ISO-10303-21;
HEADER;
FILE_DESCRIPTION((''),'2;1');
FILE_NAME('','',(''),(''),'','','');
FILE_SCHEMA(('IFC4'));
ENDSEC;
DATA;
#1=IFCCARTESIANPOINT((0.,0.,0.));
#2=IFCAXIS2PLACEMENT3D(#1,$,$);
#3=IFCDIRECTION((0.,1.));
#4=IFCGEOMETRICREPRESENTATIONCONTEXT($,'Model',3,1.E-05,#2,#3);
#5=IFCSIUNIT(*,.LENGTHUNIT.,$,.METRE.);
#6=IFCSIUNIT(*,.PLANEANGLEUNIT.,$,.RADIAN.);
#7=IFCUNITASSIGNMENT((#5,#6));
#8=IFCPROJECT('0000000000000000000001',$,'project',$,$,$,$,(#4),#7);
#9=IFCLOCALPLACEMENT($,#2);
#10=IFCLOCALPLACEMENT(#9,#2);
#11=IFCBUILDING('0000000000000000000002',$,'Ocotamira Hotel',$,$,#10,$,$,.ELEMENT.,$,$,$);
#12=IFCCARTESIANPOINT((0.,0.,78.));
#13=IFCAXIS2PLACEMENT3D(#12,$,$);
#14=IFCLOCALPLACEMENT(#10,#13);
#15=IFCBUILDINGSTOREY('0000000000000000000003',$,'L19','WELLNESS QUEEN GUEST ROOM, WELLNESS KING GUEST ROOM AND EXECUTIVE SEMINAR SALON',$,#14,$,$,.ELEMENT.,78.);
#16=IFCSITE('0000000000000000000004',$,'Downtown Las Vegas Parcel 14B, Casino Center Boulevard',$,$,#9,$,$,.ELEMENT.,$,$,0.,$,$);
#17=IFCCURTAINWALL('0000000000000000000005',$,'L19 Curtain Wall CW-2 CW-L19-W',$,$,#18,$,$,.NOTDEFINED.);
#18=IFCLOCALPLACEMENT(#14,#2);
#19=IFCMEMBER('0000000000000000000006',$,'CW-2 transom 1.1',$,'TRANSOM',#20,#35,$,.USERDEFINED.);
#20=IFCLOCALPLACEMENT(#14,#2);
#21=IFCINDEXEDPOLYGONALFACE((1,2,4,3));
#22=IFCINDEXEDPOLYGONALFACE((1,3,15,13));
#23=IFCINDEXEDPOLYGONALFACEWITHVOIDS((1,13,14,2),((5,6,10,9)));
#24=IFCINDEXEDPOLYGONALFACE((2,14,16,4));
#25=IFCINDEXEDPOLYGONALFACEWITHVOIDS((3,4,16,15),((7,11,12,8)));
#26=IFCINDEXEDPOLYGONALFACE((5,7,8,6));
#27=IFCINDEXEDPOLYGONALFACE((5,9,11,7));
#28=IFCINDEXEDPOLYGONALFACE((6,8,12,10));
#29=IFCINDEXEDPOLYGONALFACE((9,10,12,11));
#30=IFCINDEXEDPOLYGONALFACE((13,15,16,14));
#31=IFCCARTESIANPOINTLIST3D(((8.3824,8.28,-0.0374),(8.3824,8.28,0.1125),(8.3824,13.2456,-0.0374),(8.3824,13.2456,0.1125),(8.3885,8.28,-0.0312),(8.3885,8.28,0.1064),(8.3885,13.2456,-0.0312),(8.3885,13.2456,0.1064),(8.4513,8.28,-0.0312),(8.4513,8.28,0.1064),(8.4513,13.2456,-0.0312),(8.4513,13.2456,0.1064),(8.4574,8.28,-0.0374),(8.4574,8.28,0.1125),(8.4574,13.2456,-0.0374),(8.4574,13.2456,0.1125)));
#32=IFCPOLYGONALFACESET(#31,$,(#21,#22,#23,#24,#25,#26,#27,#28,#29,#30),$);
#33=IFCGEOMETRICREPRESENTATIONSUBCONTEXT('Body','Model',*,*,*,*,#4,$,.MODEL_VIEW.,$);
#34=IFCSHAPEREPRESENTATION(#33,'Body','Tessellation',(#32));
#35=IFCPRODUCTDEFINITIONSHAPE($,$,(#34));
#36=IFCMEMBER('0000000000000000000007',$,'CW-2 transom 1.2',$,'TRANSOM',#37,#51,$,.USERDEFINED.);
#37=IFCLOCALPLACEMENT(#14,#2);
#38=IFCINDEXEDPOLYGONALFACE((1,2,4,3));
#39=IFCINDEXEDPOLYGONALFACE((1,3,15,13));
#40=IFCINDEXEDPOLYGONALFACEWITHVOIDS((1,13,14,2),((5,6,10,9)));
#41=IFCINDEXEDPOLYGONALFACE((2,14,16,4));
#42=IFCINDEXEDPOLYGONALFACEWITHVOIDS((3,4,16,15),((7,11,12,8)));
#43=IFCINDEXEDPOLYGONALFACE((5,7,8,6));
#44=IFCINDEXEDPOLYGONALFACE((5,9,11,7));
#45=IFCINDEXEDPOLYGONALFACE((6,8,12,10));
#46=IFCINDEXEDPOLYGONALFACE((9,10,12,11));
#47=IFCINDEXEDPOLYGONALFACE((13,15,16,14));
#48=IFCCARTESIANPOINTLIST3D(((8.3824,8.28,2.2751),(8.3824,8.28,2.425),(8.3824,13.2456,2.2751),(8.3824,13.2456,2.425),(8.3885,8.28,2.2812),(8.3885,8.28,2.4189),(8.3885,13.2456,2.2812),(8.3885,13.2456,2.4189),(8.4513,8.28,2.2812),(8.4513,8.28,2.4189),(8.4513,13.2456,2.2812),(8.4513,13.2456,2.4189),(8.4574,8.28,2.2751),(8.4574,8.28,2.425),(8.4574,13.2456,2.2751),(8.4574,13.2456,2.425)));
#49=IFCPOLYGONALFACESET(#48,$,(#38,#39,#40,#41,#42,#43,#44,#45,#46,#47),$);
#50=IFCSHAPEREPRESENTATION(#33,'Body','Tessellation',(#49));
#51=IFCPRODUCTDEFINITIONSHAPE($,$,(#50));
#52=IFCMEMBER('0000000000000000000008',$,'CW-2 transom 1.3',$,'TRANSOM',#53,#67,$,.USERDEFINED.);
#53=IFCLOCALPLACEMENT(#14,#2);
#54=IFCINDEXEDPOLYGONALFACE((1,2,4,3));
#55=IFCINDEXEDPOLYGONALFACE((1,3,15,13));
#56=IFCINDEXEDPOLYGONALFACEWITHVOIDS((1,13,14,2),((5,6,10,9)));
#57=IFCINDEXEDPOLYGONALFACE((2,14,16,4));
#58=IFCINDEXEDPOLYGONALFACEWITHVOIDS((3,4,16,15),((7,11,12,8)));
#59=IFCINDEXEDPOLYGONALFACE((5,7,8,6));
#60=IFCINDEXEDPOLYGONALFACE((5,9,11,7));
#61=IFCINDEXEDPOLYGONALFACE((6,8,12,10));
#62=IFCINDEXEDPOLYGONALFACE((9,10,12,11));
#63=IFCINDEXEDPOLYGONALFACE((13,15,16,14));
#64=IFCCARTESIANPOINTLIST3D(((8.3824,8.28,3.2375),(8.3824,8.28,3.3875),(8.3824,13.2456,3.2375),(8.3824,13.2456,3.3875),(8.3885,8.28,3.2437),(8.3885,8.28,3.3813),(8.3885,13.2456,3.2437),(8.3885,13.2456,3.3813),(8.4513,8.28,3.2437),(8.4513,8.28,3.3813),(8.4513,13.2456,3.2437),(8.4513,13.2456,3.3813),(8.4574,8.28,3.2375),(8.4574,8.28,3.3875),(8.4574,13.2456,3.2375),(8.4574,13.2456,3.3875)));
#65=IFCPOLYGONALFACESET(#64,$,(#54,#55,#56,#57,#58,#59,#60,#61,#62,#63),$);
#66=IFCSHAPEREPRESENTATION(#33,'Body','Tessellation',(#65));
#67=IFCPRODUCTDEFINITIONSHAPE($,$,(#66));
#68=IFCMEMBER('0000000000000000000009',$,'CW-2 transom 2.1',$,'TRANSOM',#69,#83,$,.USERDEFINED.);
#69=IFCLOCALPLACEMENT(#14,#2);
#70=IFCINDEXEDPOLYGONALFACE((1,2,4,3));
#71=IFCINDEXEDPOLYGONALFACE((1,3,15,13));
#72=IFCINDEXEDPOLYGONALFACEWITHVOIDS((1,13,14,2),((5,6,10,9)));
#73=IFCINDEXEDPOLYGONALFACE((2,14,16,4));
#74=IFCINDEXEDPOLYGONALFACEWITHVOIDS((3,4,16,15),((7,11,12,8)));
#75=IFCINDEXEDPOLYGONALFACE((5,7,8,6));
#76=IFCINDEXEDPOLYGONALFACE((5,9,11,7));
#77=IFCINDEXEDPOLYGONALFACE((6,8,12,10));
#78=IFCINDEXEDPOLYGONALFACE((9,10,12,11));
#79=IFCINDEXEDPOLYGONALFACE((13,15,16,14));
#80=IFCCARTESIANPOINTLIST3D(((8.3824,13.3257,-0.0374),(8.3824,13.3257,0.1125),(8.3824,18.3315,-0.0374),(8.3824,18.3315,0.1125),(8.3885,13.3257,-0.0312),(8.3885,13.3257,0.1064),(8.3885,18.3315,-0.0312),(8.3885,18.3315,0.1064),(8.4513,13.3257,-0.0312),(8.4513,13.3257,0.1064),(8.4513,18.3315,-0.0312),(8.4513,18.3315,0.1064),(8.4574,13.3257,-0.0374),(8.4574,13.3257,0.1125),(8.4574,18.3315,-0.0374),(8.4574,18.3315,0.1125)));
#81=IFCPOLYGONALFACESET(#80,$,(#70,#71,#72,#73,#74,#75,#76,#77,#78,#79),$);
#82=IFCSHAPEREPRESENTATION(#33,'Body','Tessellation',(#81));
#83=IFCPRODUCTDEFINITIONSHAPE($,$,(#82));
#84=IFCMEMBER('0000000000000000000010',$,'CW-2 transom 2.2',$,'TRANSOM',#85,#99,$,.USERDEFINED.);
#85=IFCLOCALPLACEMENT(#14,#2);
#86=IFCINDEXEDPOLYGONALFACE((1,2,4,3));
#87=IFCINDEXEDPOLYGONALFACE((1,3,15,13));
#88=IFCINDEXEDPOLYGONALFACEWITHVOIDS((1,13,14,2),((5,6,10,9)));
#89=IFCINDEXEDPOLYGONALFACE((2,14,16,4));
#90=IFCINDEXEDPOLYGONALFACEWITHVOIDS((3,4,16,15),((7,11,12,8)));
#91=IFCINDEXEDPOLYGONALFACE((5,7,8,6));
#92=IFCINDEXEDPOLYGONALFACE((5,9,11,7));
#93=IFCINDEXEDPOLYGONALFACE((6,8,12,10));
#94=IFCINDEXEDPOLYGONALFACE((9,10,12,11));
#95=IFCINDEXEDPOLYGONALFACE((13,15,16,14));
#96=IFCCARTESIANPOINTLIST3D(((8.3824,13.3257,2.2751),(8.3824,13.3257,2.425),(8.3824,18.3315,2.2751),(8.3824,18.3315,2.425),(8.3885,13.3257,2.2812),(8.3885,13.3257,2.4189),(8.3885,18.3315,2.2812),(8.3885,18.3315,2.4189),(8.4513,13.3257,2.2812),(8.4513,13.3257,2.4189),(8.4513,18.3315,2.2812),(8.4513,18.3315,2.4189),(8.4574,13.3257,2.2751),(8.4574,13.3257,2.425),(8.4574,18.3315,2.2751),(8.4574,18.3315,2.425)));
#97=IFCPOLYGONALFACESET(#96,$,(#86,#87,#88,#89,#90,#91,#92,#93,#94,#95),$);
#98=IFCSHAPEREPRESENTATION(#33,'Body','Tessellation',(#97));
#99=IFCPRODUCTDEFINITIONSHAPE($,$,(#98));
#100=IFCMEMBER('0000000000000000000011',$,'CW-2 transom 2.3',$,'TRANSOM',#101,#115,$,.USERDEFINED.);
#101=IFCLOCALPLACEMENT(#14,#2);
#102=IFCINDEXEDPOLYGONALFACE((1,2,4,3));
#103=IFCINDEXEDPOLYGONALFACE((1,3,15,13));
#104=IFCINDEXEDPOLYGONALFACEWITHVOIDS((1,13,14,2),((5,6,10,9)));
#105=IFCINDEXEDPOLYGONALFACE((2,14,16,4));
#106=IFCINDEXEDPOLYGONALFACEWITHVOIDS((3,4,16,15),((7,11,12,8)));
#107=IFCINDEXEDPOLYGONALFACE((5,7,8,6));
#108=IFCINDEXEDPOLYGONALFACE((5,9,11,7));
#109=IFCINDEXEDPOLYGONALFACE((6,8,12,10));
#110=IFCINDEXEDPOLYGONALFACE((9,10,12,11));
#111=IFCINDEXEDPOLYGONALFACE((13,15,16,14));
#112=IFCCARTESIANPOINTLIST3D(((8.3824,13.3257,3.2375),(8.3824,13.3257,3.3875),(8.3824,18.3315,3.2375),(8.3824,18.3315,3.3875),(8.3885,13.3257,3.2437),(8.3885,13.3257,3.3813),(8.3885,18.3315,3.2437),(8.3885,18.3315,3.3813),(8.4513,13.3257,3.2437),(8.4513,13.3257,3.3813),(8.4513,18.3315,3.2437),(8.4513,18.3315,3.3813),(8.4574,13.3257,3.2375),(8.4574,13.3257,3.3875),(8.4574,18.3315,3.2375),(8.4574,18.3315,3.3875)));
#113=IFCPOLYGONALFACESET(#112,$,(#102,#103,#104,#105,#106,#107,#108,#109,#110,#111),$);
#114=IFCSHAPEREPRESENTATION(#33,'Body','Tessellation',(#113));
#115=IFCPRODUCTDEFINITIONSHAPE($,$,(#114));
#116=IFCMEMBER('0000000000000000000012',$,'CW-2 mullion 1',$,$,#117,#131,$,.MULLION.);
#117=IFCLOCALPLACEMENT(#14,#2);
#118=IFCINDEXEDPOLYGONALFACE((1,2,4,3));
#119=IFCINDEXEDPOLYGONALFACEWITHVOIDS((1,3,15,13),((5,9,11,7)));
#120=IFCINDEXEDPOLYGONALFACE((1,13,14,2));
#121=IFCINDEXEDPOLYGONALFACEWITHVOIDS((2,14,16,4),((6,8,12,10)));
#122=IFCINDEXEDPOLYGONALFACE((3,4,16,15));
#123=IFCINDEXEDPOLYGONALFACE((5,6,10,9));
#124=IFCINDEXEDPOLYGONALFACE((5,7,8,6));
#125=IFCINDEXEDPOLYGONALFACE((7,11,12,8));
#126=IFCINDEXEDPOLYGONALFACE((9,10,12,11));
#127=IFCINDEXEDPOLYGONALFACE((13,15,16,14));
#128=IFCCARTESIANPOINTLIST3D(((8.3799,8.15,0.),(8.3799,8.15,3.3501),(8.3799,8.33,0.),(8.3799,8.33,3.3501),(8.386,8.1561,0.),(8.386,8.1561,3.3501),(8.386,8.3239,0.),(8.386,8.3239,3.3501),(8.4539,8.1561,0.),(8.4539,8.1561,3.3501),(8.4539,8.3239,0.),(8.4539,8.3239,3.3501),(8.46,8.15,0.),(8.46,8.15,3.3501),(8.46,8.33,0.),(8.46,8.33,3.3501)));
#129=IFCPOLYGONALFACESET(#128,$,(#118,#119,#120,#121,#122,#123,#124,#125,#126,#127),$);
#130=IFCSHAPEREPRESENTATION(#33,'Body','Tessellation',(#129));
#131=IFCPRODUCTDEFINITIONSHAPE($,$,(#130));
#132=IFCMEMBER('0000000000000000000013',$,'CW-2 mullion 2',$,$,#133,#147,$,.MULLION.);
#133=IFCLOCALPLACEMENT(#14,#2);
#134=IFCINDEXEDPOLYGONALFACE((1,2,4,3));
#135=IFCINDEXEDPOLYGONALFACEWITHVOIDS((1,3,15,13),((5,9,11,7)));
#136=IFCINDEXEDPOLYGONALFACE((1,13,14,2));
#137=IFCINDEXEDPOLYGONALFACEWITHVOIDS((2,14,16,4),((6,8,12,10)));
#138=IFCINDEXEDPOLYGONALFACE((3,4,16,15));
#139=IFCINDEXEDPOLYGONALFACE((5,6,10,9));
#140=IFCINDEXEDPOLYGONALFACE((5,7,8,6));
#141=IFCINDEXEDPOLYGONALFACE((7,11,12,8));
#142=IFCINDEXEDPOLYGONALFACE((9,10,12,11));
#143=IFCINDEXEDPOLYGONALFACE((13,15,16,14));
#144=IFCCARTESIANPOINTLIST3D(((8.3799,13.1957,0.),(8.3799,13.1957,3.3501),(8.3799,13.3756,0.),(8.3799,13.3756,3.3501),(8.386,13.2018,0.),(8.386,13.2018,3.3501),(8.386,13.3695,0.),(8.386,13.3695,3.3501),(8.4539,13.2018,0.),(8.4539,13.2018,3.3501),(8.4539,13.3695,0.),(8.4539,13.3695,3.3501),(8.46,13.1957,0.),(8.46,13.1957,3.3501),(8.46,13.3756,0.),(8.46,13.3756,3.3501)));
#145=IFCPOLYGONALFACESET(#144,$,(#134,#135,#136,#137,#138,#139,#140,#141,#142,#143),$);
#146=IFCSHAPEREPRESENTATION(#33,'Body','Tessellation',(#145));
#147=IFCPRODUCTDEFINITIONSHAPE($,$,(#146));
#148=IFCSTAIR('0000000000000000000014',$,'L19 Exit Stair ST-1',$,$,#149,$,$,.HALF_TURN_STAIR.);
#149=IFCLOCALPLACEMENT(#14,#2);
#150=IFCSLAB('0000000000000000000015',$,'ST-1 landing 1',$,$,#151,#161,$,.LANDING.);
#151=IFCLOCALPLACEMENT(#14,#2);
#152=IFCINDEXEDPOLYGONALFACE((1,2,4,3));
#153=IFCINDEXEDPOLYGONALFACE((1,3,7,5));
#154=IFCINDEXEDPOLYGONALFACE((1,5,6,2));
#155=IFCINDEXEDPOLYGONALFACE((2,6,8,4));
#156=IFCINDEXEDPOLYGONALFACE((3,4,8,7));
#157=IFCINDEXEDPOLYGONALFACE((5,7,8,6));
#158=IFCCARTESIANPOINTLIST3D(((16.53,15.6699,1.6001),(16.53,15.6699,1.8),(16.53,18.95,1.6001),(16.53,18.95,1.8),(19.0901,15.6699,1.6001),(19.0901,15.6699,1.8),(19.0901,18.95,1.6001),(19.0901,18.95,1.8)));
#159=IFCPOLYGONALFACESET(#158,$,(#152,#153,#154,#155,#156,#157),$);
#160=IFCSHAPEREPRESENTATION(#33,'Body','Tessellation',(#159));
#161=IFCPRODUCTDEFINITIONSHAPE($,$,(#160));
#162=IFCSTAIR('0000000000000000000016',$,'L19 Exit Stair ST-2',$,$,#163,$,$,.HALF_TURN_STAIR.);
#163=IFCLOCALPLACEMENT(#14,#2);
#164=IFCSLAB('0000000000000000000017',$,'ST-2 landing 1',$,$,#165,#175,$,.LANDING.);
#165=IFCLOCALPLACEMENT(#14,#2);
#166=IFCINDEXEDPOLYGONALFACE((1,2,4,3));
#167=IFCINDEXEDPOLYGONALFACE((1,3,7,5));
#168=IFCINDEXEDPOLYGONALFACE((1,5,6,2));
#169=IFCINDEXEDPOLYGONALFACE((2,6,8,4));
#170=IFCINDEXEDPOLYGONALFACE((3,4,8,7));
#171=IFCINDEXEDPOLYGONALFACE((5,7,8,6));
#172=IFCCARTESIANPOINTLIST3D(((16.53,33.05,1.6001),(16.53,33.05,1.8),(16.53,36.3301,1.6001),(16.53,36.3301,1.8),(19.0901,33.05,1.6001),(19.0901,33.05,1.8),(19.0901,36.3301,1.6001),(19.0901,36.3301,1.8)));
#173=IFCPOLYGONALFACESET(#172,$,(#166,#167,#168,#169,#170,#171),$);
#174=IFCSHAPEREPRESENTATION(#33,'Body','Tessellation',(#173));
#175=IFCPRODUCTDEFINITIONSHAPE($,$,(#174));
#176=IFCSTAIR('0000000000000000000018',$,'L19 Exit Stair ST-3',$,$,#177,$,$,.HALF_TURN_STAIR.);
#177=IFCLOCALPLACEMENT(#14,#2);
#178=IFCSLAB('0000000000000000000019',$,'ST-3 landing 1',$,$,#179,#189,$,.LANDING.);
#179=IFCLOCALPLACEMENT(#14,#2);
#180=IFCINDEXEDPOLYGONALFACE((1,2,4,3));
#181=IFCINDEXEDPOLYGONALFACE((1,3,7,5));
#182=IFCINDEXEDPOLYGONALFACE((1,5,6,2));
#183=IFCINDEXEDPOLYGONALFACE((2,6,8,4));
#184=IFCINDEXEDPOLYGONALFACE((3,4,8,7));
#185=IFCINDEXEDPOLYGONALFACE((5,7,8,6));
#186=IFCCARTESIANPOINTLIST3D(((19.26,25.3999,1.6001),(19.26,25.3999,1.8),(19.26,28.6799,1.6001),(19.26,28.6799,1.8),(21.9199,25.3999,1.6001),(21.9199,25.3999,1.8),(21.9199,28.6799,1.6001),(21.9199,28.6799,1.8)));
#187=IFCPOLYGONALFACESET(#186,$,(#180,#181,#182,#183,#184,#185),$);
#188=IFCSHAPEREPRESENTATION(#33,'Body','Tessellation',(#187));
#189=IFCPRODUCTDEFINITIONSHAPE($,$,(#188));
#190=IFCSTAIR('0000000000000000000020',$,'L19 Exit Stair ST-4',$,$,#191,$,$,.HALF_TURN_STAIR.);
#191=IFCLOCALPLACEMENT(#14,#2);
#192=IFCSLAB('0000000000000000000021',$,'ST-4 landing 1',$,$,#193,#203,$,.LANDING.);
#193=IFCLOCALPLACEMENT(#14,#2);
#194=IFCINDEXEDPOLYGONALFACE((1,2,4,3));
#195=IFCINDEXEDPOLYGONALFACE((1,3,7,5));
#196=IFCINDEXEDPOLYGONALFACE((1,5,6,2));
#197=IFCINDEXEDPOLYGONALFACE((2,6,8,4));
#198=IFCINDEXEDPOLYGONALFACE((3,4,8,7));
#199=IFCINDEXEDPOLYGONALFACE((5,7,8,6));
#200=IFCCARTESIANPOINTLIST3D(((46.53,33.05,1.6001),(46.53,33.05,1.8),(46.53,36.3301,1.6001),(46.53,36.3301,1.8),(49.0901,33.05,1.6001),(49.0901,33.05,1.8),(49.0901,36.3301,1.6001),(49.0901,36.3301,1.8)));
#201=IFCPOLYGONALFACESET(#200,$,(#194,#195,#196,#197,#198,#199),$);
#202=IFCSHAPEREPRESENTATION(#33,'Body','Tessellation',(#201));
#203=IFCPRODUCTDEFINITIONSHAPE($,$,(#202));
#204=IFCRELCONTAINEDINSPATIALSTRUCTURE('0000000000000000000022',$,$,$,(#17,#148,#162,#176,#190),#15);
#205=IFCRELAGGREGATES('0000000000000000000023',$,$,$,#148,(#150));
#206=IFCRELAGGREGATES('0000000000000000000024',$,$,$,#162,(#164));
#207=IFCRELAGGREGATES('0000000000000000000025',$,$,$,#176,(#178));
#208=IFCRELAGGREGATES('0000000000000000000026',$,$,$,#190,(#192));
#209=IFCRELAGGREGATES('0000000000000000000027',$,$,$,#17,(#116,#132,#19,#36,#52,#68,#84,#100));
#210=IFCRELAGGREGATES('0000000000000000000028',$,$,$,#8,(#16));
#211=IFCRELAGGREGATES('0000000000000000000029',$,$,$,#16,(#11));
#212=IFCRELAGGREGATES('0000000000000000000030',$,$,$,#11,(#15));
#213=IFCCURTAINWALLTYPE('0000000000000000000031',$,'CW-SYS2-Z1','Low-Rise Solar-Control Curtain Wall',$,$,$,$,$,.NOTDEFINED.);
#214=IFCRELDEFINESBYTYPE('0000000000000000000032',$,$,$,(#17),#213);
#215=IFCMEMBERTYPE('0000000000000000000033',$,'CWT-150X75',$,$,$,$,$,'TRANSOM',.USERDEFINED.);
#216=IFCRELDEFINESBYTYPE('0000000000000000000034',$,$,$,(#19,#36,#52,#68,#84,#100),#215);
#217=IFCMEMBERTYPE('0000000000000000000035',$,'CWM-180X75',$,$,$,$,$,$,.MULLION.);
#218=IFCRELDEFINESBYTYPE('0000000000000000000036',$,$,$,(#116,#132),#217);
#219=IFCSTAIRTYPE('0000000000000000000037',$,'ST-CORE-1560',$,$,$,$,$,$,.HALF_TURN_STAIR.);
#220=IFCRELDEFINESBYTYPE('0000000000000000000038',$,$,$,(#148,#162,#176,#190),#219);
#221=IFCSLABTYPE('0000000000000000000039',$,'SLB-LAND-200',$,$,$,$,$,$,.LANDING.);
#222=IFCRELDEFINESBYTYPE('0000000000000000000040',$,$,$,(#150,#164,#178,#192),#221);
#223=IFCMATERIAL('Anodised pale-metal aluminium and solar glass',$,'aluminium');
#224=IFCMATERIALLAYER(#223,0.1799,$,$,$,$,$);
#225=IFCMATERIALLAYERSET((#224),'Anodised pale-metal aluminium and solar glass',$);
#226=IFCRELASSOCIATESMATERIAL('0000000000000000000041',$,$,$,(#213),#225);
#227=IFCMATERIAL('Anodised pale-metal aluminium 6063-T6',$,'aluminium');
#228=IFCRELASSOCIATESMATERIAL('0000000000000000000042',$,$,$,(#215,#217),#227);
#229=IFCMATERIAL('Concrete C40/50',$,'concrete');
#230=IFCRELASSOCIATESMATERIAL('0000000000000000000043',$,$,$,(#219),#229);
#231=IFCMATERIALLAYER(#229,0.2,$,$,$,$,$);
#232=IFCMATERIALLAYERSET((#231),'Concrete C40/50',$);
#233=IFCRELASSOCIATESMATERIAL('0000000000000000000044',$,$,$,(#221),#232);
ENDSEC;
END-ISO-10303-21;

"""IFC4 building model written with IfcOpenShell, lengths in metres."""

from ifc_helpers import new_model, si_unit, direction, frame, origin, origin_2d, place, context, subcontext, project, spatial, polyline, hollow_rectangle, outline, extrude, source, transform, mapped, material, layer, layer_set, material_profile, profile_set, type_object, element, aggregate, save


model = new_model("IFC4")

# Units and contexts
model_context = context("Model", 3, precision=1e-05, world=origin(), true_north=direction((0.0, 1.0)))
body_context = subcontext(model_context, "Body", "Model", "MODEL_VIEW")
ifc_project = project(units=[si_unit("LENGTHUNIT", "METRE"), si_unit("PLANEANGLEUNIT", "RADIAN")], contexts=[model_context])

# Site, building, storey
site_placement = place(None, origin())
site = spatial("IfcSite", under=ifc_project, at=site_placement, Name="Downtown Las Vegas Parcel 14B, Casino Center Boulevard", CompositionType="ELEMENT", RefElevation=0.0)
building_placement = place(site_placement, origin())
building = spatial("IfcBuilding", under=site, at=building_placement, Name="Ocotamira Hotel", CompositionType="ELEMENT")
storey_placement = place(building_placement, frame((0.0, 0.0, 78.0)))
storey = spatial("IfcBuildingStorey", under=building, at=storey_placement, Name="L19", Description="WELLNESS QUEEN GUEST ROOM, WELLNESS KING GUEST ROOM AND EXECUTIVE SEMINAR SALON", CompositionType="ELEMENT", Elevation=78.0)

# Curtain wall, members
ifc_material_1 = material(Name="Anodised pale-metal aluminium and solar glass", Category="aluminium")
ifc_layer_1 = layer(ifc_material_1, 0.1799)
ifc_layer_set_1 = layer_set([ifc_layer_1], Name="Anodised pale-metal aluminium and solar glass")
curtain_wall_type = type_object("IfcCurtainWallType", Name="CW-SYS2-Z1", Description="Low-Rise Solar-Control Curtain Wall", PredefinedType="NOTDEFINED", material=ifc_layer_set_1)
curtain_wall_placement = place(storey_placement, origin())
curtain_wall = element("IfcCurtainWall", 1, at=curtain_wall_placement, inside=storey, type_object=curtain_wall_type, Name="L19 Curtain Wall CW-2 CW-L19-W", PredefinedType="NOTDEFINED")
ifc_material_2 = material(Name="Anodised pale-metal aluminium 6063-T6", Category="aluminium")
ifc_material_profile_1 = material_profile(ifc_material_2, hollow_rectangle(XDim=0.075, YDim=0.1499, WallThickness=0.0061, at=origin_2d()), Name="HSS150X75X6")
ifc_profile_set_1 = profile_set([ifc_material_profile_1], Name="Anodised pale-metal aluminium 6063-T6")
member_type_1 = type_object("IfcMemberType", Name="CWT-150X75", ElementType="TRANSOM", PredefinedType="USERDEFINED", material=ifc_profile_set_1)
shared_shape_1 = source(origin(), body_context, "Body", "SweptSolid", [
    extrude(hollow_rectangle(XDim=0.075, YDim=0.1499, WallThickness=0.0061, at=origin_2d()), origin(), (0.0, 0.0, 1.0), 4.9656),
])
member_1_placement = place(storey_placement, frame((8.4199, 8.28, 0.0376), z_axis=(0.0, 1.0, 0.0), x_axis=(-1.0, 0.0, 0.0)))
member_1 = element("IfcMember", 2, at=member_1_placement, type_object=member_type_1, Name="CW-2 transom 1.1", ObjectType="TRANSOM", PredefinedType="USERDEFINED", context=body_context, shape_type="MappedRepresentation", body=[
    mapped(shared_shape_1, transform((0.0, 0.0, 0.0), scale=1.0)),
])
member_2_placement = place(storey_placement, frame((8.4199, 8.28, 2.3501), z_axis=(0.0, 1.0, 0.0), x_axis=(-1.0, 0.0, 0.0)))
member_2 = element("IfcMember", 3, at=member_2_placement, type_object=member_type_1, Name="CW-2 transom 1.2", ObjectType="TRANSOM", PredefinedType="USERDEFINED", context=body_context, shape_type="MappedRepresentation", body=[
    mapped(shared_shape_1, transform((0.0, 0.0, 0.0), scale=1.0)),
])
member_3_placement = place(storey_placement, frame((8.4199, 8.28, 3.3125), z_axis=(0.0, 1.0, 0.0), x_axis=(-1.0, 0.0, 0.0)))
member_3 = element("IfcMember", 4, at=member_3_placement, type_object=member_type_1, Name="CW-2 transom 1.3", ObjectType="TRANSOM", PredefinedType="USERDEFINED", context=body_context, shape_type="MappedRepresentation", body=[
    mapped(shared_shape_1, transform((0.0, 0.0, 0.0), scale=1.0)),
])
shared_shape_2 = source(origin(), body_context, "Body", "SweptSolid", [
    extrude(hollow_rectangle(XDim=0.075, YDim=0.1499, WallThickness=0.0061, at=origin_2d()), origin(), (0.0, 0.0, 1.0), 5.0059),
])
member_4_placement = place(storey_placement, frame((8.4199, 13.3257, 0.0376), z_axis=(0.0, 1.0, 0.0), x_axis=(-1.0, 0.0, 0.0)))
member_4 = element("IfcMember", 5, at=member_4_placement, type_object=member_type_1, Name="CW-2 transom 2.1", ObjectType="TRANSOM", PredefinedType="USERDEFINED", context=body_context, shape_type="MappedRepresentation", body=[
    mapped(shared_shape_2, transform((0.0, 0.0, 0.0), scale=1.0)),
])
member_5_placement = place(storey_placement, frame((8.4199, 13.3257, 2.3501), z_axis=(0.0, 1.0, 0.0), x_axis=(-1.0, 0.0, 0.0)))
member_5 = element("IfcMember", 6, at=member_5_placement, type_object=member_type_1, Name="CW-2 transom 2.2", ObjectType="TRANSOM", PredefinedType="USERDEFINED", context=body_context, shape_type="MappedRepresentation", body=[
    mapped(shared_shape_2, transform((0.0, 0.0, 0.0), scale=1.0)),
])
member_6_placement = place(storey_placement, frame((8.4199, 13.3257, 3.3125), z_axis=(0.0, 1.0, 0.0), x_axis=(-1.0, 0.0, 0.0)))
member_6 = element("IfcMember", 7, at=member_6_placement, type_object=member_type_1, Name="CW-2 transom 2.3", ObjectType="TRANSOM", PredefinedType="USERDEFINED", context=body_context, shape_type="MappedRepresentation", body=[
    mapped(shared_shape_2, transform((0.0, 0.0, 0.0), scale=1.0)),
])
ifc_material_profile_2 = material_profile(ifc_material_2, hollow_rectangle(XDim=0.0801, YDim=0.1799, WallThickness=0.0061, at=origin_2d()), Name="HSS180X80X6")
ifc_profile_set_2 = profile_set([ifc_material_profile_2], Name="Anodised pale-metal aluminium 6063-T6")
member_type_2 = type_object("IfcMemberType", Name="CWM-180X75", PredefinedType="MULLION", material=ifc_profile_set_2)
shared_shape_3 = source(origin(), body_context, "Body", "SweptSolid", [
    extrude(hollow_rectangle(XDim=0.0801, YDim=0.1799, WallThickness=0.0061, at=origin_2d()), origin(), (0.0, 0.0, 1.0), 3.3501),
])
member_7_placement = place(storey_placement, frame((8.4199, 8.24, 0.0), z_axis=(0.0, 0.0, 1.0), x_axis=(-1.0, 0.0, 0.0)))
member_7 = element("IfcMember", 8, at=member_7_placement, type_object=member_type_2, Name="CW-2 mullion 1", PredefinedType="MULLION", context=body_context, shape_type="MappedRepresentation", body=[
    mapped(shared_shape_3, transform((0.0, 0.0, 0.0), scale=1.0)),
])
member_8_placement = place(storey_placement, frame((8.4199, 13.2856, 0.0), z_axis=(0.0, 0.0, 1.0), x_axis=(-1.0, 0.0, 0.0)))
member_8 = element("IfcMember", 9, at=member_8_placement, type_object=member_type_2, Name="CW-2 mullion 2", PredefinedType="MULLION", context=body_context, shape_type="MappedRepresentation", body=[
    mapped(shared_shape_3, transform((0.0, 0.0, 0.0), scale=1.0)),
])

# Stairs, slabs
ifc_material_3 = material(Name="Concrete C40/50", Category="concrete")
stair_type = type_object("IfcStairType", Name="ST-CORE-1560", PredefinedType="HALF_TURN_STAIR", material=ifc_material_3)
stair_1_placement = place(storey_placement, origin())
stair_1 = element("IfcStair", 10, at=stair_1_placement, inside=storey, type_object=stair_type, Name="L19 Exit Stair ST-1", PredefinedType="HALF_TURN_STAIR")
ifc_layer_2 = layer(ifc_material_3, 0.2)
ifc_layer_set_2 = layer_set([ifc_layer_2], Name="Concrete C40/50")
slab_type_1 = type_object("IfcSlabType", Name="SLB-LAND-200", PredefinedType="LANDING", material=ifc_layer_set_2)
slab_1_placement = place(storey_placement, frame((0.0, 0.0, 1.6001)))
slab_1 = element("IfcSlab", 11, at=slab_1_placement, type_object=slab_type_1, Name="ST-1 landing 1", PredefinedType="LANDING", context=body_context, shape_type="SweptSolid", body=[
    extrude(outline(polyline([(16.53, 15.6699), (19.0901, 15.6699), (19.0901, 18.95), (16.53, 18.95), (16.53, 15.6699)])), origin(), (0.0, 0.0, 1.0), 0.2),
])
aggregate(stair_1, [slab_1])
stair_2_placement = place(storey_placement, origin())
stair_2 = element("IfcStair", 12, at=stair_2_placement, inside=storey, type_object=stair_type, Name="L19 Exit Stair ST-2", PredefinedType="HALF_TURN_STAIR")
slab_2_placement = place(storey_placement, frame((0.0, 0.0, 1.6001)))
slab_2 = element("IfcSlab", 13, at=slab_2_placement, type_object=slab_type_1, Name="ST-2 landing 1", PredefinedType="LANDING", context=body_context, shape_type="SweptSolid", body=[
    extrude(outline(polyline([(16.53, 33.05), (19.0901, 33.05), (19.0901, 36.3301), (16.53, 36.3301), (16.53, 33.05)])), origin(), (0.0, 0.0, 1.0), 0.2),
])
aggregate(stair_2, [slab_2])
stair_3_placement = place(storey_placement, origin())
stair_3 = element("IfcStair", 14, at=stair_3_placement, inside=storey, type_object=stair_type, Name="L19 Exit Stair ST-3", PredefinedType="HALF_TURN_STAIR")
slab_3_placement = place(storey_placement, frame((0.0, 0.0, 1.6001)))
slab_3 = element("IfcSlab", 15, at=slab_3_placement, type_object=slab_type_1, Name="ST-3 landing 1", PredefinedType="LANDING", context=body_context, shape_type="SweptSolid", body=[
    extrude(outline(polyline([(19.26, 25.3999), (21.9199, 25.3999), (21.9199, 28.6799), (19.26, 28.6799), (19.26, 25.3999)])), origin(), (0.0, 0.0, 1.0), 0.2),
])
aggregate(stair_3, [slab_3])
stair_4_placement = place(storey_placement, origin())
stair_4 = element("IfcStair", 16, at=stair_4_placement, inside=storey, type_object=stair_type, Name="L19 Exit Stair ST-4", PredefinedType="HALF_TURN_STAIR")
slab_4_placement = place(storey_placement, frame((0.0, 0.0, 1.6001)))
slab_4 = element("IfcSlab", 17, at=slab_4_placement, type_object=slab_type_1, Name="ST-4 landing 1", PredefinedType="LANDING", context=body_context, shape_type="SweptSolid", body=[
    extrude(outline(polyline([(46.53, 33.05), (49.0901, 33.05), (49.0901, 36.3301), (46.53, 36.3301), (46.53, 33.05)])), origin(), (0.0, 0.0, 1.0), 0.2),
])
aggregate(stair_4, [slab_4])

aggregate(curtain_wall, [member_7, member_8, member_1, member_2, member_3, member_4, member_5, member_6])

save(model, "model.ifc")
